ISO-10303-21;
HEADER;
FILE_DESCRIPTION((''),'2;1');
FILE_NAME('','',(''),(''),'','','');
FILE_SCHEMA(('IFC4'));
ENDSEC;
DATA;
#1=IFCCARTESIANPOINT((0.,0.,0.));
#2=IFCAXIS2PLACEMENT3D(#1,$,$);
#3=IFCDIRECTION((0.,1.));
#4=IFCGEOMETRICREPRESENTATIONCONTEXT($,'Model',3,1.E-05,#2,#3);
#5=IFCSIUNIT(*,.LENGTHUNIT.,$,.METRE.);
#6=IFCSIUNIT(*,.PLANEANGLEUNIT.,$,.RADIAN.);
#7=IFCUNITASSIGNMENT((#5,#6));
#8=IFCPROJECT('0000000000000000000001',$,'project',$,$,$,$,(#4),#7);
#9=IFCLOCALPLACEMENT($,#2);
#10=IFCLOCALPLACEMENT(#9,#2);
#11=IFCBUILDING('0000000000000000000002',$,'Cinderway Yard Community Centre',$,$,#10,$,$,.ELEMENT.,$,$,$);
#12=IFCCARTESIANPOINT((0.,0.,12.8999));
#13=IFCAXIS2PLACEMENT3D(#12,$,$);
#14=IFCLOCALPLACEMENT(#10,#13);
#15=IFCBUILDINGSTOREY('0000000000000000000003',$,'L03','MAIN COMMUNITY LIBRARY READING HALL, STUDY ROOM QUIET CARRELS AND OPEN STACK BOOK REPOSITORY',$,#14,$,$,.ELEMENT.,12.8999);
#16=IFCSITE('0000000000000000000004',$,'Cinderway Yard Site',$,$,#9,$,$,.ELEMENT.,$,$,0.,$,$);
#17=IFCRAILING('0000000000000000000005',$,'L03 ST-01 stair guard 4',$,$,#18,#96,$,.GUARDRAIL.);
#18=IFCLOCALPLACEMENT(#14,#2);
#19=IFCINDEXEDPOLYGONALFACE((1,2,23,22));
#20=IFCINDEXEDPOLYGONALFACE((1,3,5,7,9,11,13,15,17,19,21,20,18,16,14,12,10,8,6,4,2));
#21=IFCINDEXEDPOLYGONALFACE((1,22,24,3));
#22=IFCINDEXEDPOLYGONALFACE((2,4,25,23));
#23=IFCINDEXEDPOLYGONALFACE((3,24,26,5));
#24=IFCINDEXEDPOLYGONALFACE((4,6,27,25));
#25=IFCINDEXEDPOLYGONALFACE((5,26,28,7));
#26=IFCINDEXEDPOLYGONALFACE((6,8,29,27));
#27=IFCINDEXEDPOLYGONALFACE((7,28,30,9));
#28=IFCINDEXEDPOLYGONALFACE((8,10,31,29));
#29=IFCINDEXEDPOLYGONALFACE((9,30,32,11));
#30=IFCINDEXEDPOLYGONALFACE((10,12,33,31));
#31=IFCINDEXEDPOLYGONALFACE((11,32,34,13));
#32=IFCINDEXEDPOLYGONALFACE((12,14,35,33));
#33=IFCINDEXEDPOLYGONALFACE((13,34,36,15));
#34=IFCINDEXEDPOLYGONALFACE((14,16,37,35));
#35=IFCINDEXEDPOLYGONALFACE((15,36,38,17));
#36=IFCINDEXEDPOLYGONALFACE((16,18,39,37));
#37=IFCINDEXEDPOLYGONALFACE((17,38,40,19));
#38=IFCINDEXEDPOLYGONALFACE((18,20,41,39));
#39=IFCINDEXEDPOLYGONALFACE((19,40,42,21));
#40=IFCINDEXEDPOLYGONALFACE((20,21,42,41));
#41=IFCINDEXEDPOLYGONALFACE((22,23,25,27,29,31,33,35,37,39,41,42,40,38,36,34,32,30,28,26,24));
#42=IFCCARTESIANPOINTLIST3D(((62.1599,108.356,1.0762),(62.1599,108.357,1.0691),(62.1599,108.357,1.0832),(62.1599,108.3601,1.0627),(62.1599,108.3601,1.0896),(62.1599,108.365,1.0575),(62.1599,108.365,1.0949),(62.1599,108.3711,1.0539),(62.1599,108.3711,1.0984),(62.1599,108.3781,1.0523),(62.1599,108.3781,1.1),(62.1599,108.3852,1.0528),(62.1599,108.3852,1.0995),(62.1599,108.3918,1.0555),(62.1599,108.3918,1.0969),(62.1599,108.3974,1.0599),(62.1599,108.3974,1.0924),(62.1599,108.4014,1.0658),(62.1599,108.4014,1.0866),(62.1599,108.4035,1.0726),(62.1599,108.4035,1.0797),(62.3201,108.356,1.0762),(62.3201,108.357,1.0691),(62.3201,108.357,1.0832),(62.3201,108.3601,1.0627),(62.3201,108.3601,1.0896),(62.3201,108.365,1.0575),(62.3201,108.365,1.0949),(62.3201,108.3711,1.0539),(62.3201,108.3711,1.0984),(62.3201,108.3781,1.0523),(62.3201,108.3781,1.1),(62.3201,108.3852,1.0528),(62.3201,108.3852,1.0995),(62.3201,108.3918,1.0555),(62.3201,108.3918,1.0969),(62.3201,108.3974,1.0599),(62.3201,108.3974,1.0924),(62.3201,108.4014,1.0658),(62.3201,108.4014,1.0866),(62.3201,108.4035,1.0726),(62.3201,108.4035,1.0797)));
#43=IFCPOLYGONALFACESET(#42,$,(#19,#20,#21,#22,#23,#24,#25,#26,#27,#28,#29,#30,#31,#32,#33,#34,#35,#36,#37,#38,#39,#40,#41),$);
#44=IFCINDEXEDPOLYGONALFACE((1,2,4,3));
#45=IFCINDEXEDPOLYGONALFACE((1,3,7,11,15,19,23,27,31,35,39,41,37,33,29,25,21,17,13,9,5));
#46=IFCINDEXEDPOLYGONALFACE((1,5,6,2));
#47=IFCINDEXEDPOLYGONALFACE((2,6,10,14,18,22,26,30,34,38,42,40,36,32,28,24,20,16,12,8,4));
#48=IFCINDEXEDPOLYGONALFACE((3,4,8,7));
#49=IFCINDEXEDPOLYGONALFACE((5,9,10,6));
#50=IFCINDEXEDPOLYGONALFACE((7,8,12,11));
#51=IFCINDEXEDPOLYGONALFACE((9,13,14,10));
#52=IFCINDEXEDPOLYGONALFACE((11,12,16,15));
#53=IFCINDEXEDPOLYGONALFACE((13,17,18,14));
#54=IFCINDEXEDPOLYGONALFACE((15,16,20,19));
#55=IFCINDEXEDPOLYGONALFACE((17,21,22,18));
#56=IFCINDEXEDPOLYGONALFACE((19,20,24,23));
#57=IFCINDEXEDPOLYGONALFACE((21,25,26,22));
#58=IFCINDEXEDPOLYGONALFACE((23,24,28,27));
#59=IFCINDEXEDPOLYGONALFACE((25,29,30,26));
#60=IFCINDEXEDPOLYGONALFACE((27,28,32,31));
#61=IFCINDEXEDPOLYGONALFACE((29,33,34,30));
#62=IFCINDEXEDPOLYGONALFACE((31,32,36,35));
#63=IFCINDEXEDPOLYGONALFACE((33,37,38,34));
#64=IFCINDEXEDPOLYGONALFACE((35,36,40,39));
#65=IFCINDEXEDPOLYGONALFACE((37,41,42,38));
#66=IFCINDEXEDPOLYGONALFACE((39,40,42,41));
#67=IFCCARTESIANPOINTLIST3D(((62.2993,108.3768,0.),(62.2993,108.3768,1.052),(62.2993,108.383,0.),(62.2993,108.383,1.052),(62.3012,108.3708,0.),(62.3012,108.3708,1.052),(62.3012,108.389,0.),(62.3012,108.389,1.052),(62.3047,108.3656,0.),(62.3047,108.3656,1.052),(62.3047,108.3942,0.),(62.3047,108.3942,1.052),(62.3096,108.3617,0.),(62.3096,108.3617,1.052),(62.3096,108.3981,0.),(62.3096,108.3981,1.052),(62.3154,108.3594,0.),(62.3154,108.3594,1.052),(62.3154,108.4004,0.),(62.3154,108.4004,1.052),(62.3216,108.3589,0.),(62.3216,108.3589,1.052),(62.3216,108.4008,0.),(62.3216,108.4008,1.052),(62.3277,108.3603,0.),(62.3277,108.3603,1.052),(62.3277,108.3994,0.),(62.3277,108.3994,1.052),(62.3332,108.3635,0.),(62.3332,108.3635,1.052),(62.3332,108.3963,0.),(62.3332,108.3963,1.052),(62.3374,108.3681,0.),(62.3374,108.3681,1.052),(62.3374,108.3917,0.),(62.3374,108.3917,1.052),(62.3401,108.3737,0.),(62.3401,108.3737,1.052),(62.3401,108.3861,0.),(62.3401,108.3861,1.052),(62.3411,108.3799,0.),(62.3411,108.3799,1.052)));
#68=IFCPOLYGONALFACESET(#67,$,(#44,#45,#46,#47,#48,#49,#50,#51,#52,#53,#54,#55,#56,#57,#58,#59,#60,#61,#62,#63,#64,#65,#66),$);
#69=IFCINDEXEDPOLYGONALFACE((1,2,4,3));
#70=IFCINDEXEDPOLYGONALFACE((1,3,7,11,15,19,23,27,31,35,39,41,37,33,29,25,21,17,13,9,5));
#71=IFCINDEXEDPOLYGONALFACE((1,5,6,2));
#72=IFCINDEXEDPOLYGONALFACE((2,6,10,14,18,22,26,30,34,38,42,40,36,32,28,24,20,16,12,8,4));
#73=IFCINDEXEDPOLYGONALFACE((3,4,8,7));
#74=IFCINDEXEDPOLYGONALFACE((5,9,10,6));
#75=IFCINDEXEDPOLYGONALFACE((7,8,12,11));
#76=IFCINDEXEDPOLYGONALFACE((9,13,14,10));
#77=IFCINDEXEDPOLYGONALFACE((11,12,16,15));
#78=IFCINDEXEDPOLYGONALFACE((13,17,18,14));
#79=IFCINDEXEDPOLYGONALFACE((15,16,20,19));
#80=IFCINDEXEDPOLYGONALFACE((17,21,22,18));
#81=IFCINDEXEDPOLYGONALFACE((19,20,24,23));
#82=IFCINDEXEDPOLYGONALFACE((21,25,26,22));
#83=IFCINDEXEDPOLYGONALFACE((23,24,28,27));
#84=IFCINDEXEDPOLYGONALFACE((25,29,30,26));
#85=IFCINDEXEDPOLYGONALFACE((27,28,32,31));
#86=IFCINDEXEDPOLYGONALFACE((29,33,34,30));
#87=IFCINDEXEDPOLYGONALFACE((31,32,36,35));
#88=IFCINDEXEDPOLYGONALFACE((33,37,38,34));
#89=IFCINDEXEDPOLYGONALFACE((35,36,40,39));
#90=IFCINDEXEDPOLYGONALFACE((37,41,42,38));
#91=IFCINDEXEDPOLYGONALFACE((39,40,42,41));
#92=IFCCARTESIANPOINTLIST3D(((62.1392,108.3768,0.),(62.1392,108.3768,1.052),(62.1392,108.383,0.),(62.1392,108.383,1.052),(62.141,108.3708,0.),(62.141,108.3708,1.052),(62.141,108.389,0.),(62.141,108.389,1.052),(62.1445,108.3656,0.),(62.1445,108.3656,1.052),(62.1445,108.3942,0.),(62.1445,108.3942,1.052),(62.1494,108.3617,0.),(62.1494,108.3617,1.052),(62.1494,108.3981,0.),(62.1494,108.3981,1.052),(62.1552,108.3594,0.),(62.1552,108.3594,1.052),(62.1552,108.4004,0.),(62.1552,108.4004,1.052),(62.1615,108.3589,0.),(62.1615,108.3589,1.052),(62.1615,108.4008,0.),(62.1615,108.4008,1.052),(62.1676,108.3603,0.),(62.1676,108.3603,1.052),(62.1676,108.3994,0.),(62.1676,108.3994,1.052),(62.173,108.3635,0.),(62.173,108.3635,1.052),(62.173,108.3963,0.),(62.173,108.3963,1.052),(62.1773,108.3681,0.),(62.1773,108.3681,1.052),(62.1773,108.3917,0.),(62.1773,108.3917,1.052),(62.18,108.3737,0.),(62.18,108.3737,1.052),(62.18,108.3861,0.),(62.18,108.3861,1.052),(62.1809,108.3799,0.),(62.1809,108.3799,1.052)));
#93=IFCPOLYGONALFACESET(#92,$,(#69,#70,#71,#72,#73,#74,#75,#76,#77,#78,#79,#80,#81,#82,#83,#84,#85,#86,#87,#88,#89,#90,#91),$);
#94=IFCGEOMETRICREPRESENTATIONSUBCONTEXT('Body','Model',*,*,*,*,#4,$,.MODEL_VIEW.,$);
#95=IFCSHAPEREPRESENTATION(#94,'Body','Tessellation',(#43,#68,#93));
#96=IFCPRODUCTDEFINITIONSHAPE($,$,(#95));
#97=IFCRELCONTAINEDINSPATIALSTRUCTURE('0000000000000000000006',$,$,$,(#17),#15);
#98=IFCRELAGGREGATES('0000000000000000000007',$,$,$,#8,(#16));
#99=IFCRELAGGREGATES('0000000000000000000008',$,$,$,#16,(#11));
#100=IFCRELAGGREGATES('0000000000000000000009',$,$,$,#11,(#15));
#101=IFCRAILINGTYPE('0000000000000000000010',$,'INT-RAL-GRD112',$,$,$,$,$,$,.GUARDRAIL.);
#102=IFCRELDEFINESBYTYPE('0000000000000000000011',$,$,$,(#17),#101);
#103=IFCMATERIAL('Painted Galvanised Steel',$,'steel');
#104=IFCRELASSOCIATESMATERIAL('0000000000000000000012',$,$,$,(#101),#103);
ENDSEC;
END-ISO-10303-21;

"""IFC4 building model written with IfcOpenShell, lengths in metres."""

from ifc_helpers import new_model, si_unit, direction, frame, origin, origin_2d, place, context, subcontext, project, spatial, circle, extrude, material, type_object, element, save


model = new_model("IFC4")

# Units and contexts
model_context = context("Model", 3, precision=1e-05, world=origin(), true_north=direction((0.0, 1.0)))
body_context = subcontext(model_context, "Body", "Model", "MODEL_VIEW")
ifc_project = project(units=[si_unit("LENGTHUNIT", "METRE"), si_unit("PLANEANGLEUNIT", "RADIAN")], contexts=[model_context])

# Site, building, storey
site_placement = place(None, origin())
site = spatial("IfcSite", under=ifc_project, at=site_placement, Name="Cinderway Yard Site", CompositionType="ELEMENT", RefElevation=0.0)
building_placement = place(site_placement, origin())
building = spatial("IfcBuilding", under=site, at=building_placement, Name="Cinderway Yard Community Centre", CompositionType="ELEMENT")
storey_placement = place(building_placement, frame((0.0, 0.0, 12.8999)))
storey = spatial("IfcBuildingStorey", under=building, at=storey_placement, Name="L03", Description="MAIN COMMUNITY LIBRARY READING HALL, STUDY ROOM QUIET CARRELS AND OPEN STACK BOOK REPOSITORY", CompositionType="ELEMENT", Elevation=12.8999)

# Shared definitions
ifc_material_1 = material(Name="Painted Galvanised Steel", Category="steel")

# Railing
railing_type_1 = type_object("IfcRailingType", Name="INT-RAL-GRD112", PredefinedType="GUARDRAIL", material=ifc_material_1)
railing_1_placement = place(storey_placement, frame((62.3201, 108.3799, 0.0)))
element("IfcRailing", 1, at=railing_1_placement, inside=storey, type_object=railing_type_1, Name="L03 ST-01 stair guard 4", PredefinedType="GUARDRAIL", context=body_context, shape_type="SweptSolid", body=[
    extrude(circle(Radius=0.0239, at=origin_2d()), frame((0.0, 0.0, 1.0762), z_axis=(-1.0, 0.0, 0.0), x_axis=(0.0, -1.0, 0.0)), (0.0, 0.0, 1.0), 0.1602),
    extrude(circle(Radius=0.021, at=origin_2d()), origin(), (0.0, 0.0, 1.0), 1.052),
    extrude(circle(Radius=0.021, at=origin_2d()), frame((-0.1602, 0.0, 0.0)), (0.0, 0.0, 1.0), 1.052),
])

save(model, "model.ifc")
